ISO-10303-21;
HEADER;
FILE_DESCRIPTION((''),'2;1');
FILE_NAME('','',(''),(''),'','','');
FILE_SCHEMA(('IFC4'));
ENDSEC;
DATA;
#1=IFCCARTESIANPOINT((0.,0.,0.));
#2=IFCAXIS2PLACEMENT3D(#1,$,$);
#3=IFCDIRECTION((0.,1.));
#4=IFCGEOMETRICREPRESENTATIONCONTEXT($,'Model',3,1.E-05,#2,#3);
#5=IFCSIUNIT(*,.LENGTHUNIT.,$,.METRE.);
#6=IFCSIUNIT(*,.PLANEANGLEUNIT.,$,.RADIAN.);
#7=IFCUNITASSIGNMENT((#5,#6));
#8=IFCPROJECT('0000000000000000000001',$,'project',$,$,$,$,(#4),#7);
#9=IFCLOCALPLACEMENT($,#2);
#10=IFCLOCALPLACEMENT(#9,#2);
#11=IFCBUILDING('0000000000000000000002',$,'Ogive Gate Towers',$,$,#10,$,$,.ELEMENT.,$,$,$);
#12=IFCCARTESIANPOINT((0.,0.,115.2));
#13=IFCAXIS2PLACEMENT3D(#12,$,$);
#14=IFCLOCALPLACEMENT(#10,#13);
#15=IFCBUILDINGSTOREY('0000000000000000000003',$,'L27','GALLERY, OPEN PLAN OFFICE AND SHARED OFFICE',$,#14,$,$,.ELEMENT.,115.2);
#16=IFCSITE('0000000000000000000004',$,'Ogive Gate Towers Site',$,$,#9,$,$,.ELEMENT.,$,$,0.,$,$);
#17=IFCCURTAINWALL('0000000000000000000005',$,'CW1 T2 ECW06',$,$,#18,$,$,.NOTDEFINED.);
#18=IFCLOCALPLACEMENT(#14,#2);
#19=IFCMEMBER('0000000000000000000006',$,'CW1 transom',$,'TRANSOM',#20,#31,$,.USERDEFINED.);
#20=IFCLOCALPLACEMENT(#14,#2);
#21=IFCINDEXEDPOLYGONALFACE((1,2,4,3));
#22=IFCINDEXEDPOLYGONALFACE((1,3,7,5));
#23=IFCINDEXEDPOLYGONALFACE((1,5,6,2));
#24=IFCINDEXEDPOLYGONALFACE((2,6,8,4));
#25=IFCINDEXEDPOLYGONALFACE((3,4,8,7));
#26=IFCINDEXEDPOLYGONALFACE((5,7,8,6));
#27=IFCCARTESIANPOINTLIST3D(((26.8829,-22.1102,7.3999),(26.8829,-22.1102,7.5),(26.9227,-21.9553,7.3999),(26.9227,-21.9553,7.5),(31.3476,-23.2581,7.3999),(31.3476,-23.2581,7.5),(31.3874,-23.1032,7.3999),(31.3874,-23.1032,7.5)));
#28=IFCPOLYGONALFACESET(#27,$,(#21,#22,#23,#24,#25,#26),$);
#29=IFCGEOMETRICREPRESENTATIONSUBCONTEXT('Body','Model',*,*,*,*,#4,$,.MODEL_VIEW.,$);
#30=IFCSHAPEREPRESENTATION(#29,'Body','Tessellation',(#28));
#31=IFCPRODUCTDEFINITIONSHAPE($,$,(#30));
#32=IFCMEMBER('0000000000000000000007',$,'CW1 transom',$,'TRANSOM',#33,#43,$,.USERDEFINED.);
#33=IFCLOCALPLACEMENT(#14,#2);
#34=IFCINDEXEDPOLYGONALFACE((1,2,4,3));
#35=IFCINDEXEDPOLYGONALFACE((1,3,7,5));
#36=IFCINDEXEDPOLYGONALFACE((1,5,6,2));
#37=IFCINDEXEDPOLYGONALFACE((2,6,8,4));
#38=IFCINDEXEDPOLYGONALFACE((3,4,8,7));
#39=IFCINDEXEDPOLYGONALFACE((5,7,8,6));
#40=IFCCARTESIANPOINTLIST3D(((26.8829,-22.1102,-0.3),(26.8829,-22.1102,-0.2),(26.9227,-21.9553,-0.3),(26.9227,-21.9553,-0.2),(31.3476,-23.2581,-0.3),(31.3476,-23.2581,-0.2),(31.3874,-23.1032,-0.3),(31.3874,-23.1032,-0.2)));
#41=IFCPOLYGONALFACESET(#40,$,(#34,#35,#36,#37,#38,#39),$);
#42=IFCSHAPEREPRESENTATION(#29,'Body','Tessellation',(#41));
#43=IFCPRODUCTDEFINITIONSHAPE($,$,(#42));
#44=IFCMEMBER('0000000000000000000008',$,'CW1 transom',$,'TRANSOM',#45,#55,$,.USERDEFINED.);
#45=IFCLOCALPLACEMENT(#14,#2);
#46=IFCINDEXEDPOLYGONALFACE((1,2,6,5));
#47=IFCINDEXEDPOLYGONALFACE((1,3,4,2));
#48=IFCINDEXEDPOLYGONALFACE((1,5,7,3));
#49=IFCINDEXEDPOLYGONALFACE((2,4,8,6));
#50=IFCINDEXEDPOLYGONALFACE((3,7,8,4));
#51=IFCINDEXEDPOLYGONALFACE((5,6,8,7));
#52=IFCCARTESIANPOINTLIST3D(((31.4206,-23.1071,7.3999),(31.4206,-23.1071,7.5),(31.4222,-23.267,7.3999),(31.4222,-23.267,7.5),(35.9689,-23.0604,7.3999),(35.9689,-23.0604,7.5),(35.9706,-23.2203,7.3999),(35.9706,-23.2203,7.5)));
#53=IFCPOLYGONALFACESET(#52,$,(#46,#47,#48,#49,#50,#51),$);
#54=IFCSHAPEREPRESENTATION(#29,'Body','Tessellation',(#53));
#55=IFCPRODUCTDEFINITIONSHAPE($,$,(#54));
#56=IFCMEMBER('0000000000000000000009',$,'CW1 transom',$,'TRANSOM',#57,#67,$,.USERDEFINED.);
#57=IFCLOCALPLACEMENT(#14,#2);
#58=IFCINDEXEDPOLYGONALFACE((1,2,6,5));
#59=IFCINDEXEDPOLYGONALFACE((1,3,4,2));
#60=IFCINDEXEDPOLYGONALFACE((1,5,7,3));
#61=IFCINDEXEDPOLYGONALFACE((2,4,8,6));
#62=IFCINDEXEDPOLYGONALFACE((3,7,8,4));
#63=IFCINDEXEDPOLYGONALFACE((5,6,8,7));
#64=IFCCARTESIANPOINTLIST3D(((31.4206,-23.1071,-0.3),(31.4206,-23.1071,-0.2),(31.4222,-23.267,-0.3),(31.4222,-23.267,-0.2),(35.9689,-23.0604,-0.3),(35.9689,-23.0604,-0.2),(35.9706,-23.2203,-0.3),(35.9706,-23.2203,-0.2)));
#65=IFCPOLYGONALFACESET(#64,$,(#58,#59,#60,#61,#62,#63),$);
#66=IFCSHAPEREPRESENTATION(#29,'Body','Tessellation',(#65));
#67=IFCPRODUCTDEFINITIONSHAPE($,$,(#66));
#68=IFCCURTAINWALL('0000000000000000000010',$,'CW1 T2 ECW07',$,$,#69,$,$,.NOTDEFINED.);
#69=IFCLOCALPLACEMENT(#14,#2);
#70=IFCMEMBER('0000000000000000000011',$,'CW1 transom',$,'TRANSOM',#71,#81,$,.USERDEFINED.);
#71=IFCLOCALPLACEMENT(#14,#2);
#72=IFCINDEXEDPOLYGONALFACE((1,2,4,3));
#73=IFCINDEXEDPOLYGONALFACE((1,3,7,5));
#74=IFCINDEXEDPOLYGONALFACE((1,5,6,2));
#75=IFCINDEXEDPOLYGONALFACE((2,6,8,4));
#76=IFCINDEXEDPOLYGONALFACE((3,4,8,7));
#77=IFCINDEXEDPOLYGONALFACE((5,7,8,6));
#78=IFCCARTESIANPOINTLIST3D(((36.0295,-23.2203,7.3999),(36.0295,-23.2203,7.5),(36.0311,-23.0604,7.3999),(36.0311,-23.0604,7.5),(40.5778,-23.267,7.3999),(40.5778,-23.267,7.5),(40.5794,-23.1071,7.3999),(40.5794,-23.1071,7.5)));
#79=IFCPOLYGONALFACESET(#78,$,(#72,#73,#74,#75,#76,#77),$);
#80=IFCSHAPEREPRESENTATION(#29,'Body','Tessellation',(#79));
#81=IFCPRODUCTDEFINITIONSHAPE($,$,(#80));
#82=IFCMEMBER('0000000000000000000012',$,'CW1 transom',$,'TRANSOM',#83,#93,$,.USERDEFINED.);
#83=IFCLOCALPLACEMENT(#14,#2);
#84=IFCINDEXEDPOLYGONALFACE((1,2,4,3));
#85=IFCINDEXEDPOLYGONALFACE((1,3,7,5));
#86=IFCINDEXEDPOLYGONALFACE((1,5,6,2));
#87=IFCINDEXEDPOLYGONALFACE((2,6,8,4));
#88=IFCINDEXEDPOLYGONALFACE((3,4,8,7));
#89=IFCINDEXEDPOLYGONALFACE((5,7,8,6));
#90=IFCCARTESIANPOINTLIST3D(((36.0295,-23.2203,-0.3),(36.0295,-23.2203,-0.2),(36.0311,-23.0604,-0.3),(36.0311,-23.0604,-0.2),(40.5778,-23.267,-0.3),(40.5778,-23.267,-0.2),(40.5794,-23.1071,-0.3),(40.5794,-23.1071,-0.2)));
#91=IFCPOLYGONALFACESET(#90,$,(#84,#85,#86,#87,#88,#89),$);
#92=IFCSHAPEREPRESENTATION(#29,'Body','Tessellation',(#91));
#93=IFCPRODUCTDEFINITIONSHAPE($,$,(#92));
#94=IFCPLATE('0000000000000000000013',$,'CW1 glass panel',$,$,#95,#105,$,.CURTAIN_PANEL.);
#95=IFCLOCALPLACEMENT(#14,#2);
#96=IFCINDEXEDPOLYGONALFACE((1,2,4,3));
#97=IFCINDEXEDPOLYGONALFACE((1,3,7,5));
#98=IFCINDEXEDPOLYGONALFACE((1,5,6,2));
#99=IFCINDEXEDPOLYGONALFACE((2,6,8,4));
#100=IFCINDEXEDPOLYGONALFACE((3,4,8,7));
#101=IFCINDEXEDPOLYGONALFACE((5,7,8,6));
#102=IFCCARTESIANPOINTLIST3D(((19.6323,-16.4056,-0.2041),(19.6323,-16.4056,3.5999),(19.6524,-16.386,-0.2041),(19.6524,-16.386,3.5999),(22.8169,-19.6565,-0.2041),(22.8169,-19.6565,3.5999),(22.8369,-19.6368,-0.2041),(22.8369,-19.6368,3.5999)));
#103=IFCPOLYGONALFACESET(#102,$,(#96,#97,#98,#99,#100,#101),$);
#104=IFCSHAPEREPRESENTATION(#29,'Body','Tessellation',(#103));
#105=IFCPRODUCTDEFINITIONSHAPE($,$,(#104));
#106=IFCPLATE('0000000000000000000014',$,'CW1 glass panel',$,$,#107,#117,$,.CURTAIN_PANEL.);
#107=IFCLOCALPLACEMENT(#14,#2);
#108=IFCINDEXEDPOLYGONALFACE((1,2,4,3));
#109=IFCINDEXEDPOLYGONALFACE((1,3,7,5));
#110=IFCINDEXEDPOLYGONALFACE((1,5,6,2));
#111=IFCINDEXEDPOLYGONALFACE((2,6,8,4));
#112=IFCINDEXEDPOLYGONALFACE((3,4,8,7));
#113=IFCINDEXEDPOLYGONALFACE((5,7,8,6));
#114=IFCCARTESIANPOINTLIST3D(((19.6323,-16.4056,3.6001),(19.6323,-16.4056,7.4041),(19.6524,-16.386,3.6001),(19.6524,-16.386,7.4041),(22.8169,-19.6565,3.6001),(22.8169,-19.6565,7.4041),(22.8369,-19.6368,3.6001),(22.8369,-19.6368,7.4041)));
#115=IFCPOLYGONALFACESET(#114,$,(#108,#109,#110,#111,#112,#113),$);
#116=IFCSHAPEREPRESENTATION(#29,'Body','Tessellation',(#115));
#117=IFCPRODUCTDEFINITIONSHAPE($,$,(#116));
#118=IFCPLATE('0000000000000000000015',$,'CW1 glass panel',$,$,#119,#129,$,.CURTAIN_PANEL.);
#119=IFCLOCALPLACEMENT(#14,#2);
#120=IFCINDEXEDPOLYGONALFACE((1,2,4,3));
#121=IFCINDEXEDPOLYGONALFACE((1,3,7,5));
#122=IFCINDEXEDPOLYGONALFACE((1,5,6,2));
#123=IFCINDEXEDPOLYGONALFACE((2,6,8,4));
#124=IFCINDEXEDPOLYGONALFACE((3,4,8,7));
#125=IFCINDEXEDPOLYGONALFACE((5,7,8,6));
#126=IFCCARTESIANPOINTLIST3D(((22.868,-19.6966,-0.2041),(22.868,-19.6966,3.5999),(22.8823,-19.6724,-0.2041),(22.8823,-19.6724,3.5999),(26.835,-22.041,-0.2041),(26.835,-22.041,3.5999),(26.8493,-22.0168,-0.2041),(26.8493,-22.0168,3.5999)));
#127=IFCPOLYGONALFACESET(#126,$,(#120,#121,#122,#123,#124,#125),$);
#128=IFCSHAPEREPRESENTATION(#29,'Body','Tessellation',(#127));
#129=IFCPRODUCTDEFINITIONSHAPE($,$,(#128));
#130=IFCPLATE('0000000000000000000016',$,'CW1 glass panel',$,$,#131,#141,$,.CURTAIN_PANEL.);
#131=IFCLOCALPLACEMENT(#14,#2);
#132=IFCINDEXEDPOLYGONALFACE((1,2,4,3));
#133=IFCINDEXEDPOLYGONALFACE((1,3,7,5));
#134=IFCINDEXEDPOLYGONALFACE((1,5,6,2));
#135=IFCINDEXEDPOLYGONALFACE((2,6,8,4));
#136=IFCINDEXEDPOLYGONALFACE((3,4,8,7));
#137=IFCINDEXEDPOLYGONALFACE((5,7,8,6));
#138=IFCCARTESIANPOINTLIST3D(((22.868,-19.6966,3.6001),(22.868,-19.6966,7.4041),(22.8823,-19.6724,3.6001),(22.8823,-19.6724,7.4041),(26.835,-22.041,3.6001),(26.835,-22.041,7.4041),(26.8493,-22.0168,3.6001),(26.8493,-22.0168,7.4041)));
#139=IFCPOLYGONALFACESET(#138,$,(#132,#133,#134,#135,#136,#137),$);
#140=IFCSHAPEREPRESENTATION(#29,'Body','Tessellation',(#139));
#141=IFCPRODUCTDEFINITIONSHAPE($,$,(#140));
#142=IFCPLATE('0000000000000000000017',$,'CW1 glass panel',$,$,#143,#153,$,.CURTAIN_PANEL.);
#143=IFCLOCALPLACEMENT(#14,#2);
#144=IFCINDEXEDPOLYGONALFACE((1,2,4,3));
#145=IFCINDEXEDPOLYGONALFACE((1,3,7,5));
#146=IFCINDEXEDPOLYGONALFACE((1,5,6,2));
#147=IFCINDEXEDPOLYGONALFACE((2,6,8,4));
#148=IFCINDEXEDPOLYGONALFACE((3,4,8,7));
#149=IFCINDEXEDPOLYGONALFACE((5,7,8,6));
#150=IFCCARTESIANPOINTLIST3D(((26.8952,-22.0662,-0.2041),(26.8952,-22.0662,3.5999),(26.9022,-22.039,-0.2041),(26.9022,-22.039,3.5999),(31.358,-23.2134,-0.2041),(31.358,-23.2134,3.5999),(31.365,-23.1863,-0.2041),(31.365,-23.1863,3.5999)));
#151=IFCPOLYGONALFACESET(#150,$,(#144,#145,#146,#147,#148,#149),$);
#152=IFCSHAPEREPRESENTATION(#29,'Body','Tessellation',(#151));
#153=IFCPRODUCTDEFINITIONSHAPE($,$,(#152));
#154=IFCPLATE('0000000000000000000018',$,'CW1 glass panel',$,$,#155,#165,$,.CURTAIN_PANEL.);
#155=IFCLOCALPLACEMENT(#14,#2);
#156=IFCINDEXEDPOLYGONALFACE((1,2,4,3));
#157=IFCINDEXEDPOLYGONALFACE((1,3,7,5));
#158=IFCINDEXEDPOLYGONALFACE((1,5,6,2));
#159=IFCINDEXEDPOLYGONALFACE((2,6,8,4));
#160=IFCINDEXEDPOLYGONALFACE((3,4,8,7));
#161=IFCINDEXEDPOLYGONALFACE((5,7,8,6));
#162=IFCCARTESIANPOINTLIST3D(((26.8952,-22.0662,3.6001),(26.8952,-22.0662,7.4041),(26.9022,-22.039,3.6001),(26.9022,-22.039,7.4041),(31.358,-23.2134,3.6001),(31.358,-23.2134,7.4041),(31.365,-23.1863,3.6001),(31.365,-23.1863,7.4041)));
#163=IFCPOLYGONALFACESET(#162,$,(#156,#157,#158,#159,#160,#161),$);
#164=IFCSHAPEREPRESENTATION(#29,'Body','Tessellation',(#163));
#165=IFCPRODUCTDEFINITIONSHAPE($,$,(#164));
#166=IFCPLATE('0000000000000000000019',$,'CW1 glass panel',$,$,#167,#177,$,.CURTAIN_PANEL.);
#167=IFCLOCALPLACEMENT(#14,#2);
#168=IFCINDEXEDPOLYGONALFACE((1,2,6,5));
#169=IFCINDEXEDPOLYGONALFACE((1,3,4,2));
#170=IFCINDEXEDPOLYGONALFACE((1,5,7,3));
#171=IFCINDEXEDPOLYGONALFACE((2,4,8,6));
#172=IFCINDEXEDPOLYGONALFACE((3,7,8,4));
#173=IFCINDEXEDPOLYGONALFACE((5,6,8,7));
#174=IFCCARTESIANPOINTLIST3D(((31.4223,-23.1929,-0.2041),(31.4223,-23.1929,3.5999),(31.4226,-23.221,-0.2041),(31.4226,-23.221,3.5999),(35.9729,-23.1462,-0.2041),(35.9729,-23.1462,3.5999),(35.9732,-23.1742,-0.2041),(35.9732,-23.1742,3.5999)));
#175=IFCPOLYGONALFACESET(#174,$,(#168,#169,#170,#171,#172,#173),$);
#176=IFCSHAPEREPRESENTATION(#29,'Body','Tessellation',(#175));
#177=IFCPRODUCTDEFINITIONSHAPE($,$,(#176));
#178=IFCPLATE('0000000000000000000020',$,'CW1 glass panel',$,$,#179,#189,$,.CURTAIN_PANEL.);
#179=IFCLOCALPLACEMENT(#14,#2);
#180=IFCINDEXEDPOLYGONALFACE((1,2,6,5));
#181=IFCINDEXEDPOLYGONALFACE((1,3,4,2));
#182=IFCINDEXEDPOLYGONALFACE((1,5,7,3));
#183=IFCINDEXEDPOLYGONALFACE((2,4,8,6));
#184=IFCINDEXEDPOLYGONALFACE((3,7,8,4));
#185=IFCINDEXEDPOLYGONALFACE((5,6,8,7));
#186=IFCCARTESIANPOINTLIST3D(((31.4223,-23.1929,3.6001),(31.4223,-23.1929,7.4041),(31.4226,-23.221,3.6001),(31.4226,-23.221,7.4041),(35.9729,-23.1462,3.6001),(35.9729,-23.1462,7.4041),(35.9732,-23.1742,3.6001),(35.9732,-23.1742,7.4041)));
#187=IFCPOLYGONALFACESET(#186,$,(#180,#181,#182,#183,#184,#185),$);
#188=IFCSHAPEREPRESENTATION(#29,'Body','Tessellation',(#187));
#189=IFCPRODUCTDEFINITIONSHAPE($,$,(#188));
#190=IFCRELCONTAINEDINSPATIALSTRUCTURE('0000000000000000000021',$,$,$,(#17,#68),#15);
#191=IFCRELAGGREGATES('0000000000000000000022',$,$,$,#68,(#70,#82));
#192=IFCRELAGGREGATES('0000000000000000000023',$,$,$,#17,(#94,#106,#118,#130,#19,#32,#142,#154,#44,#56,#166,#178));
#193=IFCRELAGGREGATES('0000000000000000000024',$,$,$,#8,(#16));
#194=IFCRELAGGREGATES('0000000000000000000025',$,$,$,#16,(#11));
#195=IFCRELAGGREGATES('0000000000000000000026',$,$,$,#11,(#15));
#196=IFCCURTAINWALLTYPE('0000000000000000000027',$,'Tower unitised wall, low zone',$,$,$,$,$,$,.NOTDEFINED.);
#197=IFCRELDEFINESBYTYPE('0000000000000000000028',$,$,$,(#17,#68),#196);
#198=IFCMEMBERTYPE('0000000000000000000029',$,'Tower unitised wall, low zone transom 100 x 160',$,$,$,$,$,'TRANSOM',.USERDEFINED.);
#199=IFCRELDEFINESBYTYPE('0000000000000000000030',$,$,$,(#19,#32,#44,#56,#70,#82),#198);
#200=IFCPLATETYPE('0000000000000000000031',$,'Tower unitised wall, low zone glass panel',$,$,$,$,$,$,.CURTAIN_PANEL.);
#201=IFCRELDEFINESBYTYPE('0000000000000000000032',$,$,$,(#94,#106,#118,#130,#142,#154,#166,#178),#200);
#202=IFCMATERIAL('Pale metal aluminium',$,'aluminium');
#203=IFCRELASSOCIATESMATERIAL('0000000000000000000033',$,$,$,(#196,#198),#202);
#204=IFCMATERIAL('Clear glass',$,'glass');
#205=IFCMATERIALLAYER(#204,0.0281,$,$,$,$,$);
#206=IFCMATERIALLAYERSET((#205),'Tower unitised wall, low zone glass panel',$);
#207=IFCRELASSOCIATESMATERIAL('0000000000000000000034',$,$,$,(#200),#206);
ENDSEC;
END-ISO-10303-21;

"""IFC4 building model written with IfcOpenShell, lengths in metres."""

from ifc_helpers import new_model, si_unit, direction, frame, origin, origin_2d, place, context, subcontext, project, spatial, rectangle, extrude, material, layer, layer_set, material_profile, profile_set, type_object, element, aggregate, save


model = new_model("IFC4")

# Units and contexts
model_context = context("Model", 3, precision=1e-05, world=origin(), true_north=direction((0.0, 1.0)))
body_context = subcontext(model_context, "Body", "Model", "MODEL_VIEW")
ifc_project = project(units=[si_unit("LENGTHUNIT", "METRE"), si_unit("PLANEANGLEUNIT", "RADIAN")], contexts=[model_context])

# Site, building, storey
site_placement = place(None, origin())
site = spatial("IfcSite", under=ifc_project, at=site_placement, Name="Ogive Gate Towers Site", CompositionType="ELEMENT", RefElevation=0.0)
building_placement = place(site_placement, origin())
building = spatial("IfcBuilding", under=site, at=building_placement, Name="Ogive Gate Towers", CompositionType="ELEMENT")
storey_placement = place(building_placement, frame((0.0, 0.0, 115.2)))
storey = spatial("IfcBuildingStorey", under=building, at=storey_placement, Name="L27", Description="GALLERY, OPEN PLAN OFFICE AND SHARED OFFICE", CompositionType="ELEMENT", Elevation=115.2)

# Curtain walls, members
ifc_material_1 = material(Name="Pale metal aluminium", Category="aluminium")
curtain_wall_type = type_object("IfcCurtainWallType", Name="Tower unitised wall, low zone", PredefinedType="NOTDEFINED", material=ifc_material_1)
curtain_wall_1_placement = place(storey_placement, origin())
curtain_wall_1 = element("IfcCurtainWall", 1, at=curtain_wall_1_placement, inside=storey, type_object=curtain_wall_type, Name="CW1 T2 ECW06", PredefinedType="NOTDEFINED")
ifc_material_profile_1 = material_profile(ifc_material_1, rectangle(XDim=0.1599, YDim=0.1001, at=origin_2d()), Name="100 x 160 aluminium box")
ifc_profile_set_1 = profile_set([ifc_material_profile_1], Name="Pale metal aluminium")
member_type_1 = type_object("IfcMemberType", Name="Tower unitised wall, low zone transom 100 x 160", ElementType="TRANSOM", PredefinedType="USERDEFINED", material=ifc_profile_set_1)
member_1_placement = place(storey_placement, frame((26.9028, -22.0327, 7.45), z_axis=(0.968498, -0.249023, 0.0), x_axis=(0.249023, 0.968498, 0.0)))
member_1 = element("IfcMember", 2, at=member_1_placement, type_object=member_type_1, Name="CW1 transom", ObjectType="TRANSOM", PredefinedType="USERDEFINED", context=body_context, shape_type="SweptSolid", body=[
    extrude(rectangle(XDim=0.1599, YDim=0.1001, at=origin_2d()), origin(), (0.0, 0.0, 1.0), 4.6099),
])
member_2_placement = place(storey_placement, frame((26.9028, -22.0327, -0.25), z_axis=(0.968498, -0.249023, 0.0), x_axis=(0.249023, 0.968498, 0.0)))
member_2 = element("IfcMember", 3, at=member_2_placement, type_object=member_type_1, Name="CW1 transom", ObjectType="TRANSOM", PredefinedType="USERDEFINED", context=body_context, shape_type="SweptSolid", body=[
    extrude(rectangle(XDim=0.1599, YDim=0.1001, at=origin_2d()), origin(), (0.0, 0.0, 1.0), 4.6099),
])
member_3_placement = place(storey_placement, frame((31.4214, -23.187, 7.45), z_axis=(0.999947, 0.010252, 0.0), x_axis=(-0.010252, 0.999947, 0.0)))
member_3 = element("IfcMember", 4, at=member_3_placement, type_object=member_type_1, Name="CW1 transom", ObjectType="TRANSOM", PredefinedType="USERDEFINED", context=body_context, shape_type="SweptSolid", body=[
    extrude(rectangle(XDim=0.1599, YDim=0.1001, at=origin_2d()), origin(), (0.0, 0.0, 1.0), 4.5486),
])
member_4_placement = place(storey_placement, frame((31.4214, -23.187, -0.25), z_axis=(0.999947, 0.010252, 0.0), x_axis=(-0.010252, 0.999947, 0.0)))
member_4 = element("IfcMember", 5, at=member_4_placement, type_object=member_type_1, Name="CW1 transom", ObjectType="TRANSOM", PredefinedType="USERDEFINED", context=body_context, shape_type="SweptSolid", body=[
    extrude(rectangle(XDim=0.1599, YDim=0.1001, at=origin_2d()), origin(), (0.0, 0.0, 1.0), 4.5486),
])
curtain_wall_2_placement = place(storey_placement, origin())
curtain_wall_2 = element("IfcCurtainWall", 6, at=curtain_wall_2_placement, inside=storey, type_object=curtain_wall_type, Name="CW1 T2 ECW07", PredefinedType="NOTDEFINED")
member_5_placement = place(storey_placement, frame((36.0303, -23.1404, 7.45), z_axis=(0.999947, -0.010252, 0.0), x_axis=(0.010252, 0.999947, 0.0)))
member_5 = element("IfcMember", 7, at=member_5_placement, type_object=member_type_1, Name="CW1 transom", ObjectType="TRANSOM", PredefinedType="USERDEFINED", context=body_context, shape_type="SweptSolid", body=[
    extrude(rectangle(XDim=0.1599, YDim=0.1001, at=origin_2d()), origin(), (0.0, 0.0, 1.0), 4.5486),
])
member_6_placement = place(storey_placement, frame((36.0303, -23.1404, -0.25), z_axis=(0.999947, -0.010252, 0.0), x_axis=(0.010252, 0.999947, 0.0)))
member_6 = element("IfcMember", 8, at=member_6_placement, type_object=member_type_1, Name="CW1 transom", ObjectType="TRANSOM", PredefinedType="USERDEFINED", context=body_context, shape_type="SweptSolid", body=[
    extrude(rectangle(XDim=0.1599, YDim=0.1001, at=origin_2d()), origin(), (0.0, 0.0, 1.0), 4.5486),
])
aggregate(curtain_wall_2, [member_5, member_6])

# Plates
ifc_material_2 = material(Name="Clear glass", Category="glass")
ifc_layer_1 = layer(ifc_material_2, 0.0281)
ifc_layer_set_1 = layer_set([ifc_layer_1], Name="Tower unitised wall, low zone glass panel")
plate_type = type_object("IfcPlateType", Name="Tower unitised wall, low zone glass panel", PredefinedType="CURTAIN_PANEL", material=ifc_layer_set_1)
plate_1_placement = place(storey_placement, frame((21.2346, -18.0212, -0.2041), z_axis=(0.0, 0.0, 1.0), x_axis=(0.699788, -0.714351, 0.0)))
plate_1 = element("IfcPlate", 9, at=plate_1_placement, type_object=plate_type, Name="CW1 glass panel", PredefinedType="CURTAIN_PANEL", context=body_context, shape_type="SweptSolid", body=[
    extrude(rectangle(XDim=4.5508, YDim=0.0281, at=origin_2d()), origin(), (0.0, 0.0, 1.0), 3.804),
])
plate_2_placement = place(storey_placement, frame((21.2346, -18.0212, 3.6001), z_axis=(0.0, 0.0, 1.0), x_axis=(0.699788, -0.714351, 0.0)))
plate_2 = element("IfcPlate", 10, at=plate_2_placement, type_object=plate_type, Name="CW1 glass panel", PredefinedType="CURTAIN_PANEL", context=body_context, shape_type="SweptSolid", body=[
    extrude(rectangle(XDim=4.5508, YDim=0.0281, at=origin_2d()), origin(), (0.0, 0.0, 1.0), 3.804),
])
plate_3_placement = place(storey_placement, frame((24.8586, -20.8567, -0.2041), z_axis=(0.0, 0.0, 1.0), x_axis=(0.860902, -0.508771, 0.0)))
plate_3 = element("IfcPlate", 11, at=plate_3_placement, type_object=plate_type, Name="CW1 glass panel", PredefinedType="CURTAIN_PANEL", context=body_context, shape_type="SweptSolid", body=[
    extrude(rectangle(XDim=4.6079, YDim=0.0281, at=origin_2d()), origin(), (0.0, 0.0, 1.0), 3.804),
])
plate_4_placement = place(storey_placement, frame((24.8586, -20.8567, 3.6001), z_axis=(0.0, 0.0, 1.0), x_axis=(0.860902, -0.508771, 0.0)))
plate_4 = element("IfcPlate", 12, at=plate_4_placement, type_object=plate_type, Name="CW1 glass panel", PredefinedType="CURTAIN_PANEL", context=body_context, shape_type="SweptSolid", body=[
    extrude(rectangle(XDim=4.6079, YDim=0.0281, at=origin_2d()), origin(), (0.0, 0.0, 1.0), 3.804),
])
plate_5_placement = place(storey_placement, frame((29.1301, -22.6262, -0.2041), z_axis=(0.0, 0.0, 1.0), x_axis=(0.968509, -0.248977, 0.0)))
plate_5 = element("IfcPlate", 13, at=plate_5_placement, type_object=plate_type, Name="CW1 glass panel", PredefinedType="CURTAIN_PANEL", context=body_context, shape_type="SweptSolid", body=[
    extrude(rectangle(XDim=4.6079, YDim=0.0281, at=origin_2d()), origin(), (0.0, 0.0, 1.0), 3.804),
])
plate_6_placement = place(storey_placement, frame((29.1301, -22.6262, 3.6001), z_axis=(0.0, 0.0, 1.0), x_axis=(0.968509, -0.248977, 0.0)))
plate_6 = element("IfcPlate", 14, at=plate_6_placement, type_object=plate_type, Name="CW1 glass panel", PredefinedType="CURTAIN_PANEL", context=body_context, shape_type="SweptSolid", body=[
    extrude(rectangle(XDim=4.6079, YDim=0.0281, at=origin_2d()), origin(), (0.0, 0.0, 1.0), 3.804),
])
plate_7_placement = place(storey_placement, frame((33.6978, -23.1836, -0.2041), z_axis=(0.0, 0.0, 1.0), x_axis=(0.999947, 0.01028, 0.0)))
plate_7 = element("IfcPlate", 15, at=plate_7_placement, type_object=plate_type, Name="CW1 glass panel", PredefinedType="CURTAIN_PANEL", context=body_context, shape_type="SweptSolid", body=[
    extrude(rectangle(XDim=4.5508, YDim=0.0281, at=origin_2d()), origin(), (0.0, 0.0, 1.0), 3.804),
])
plate_8_placement = place(storey_placement, frame((33.6978, -23.1836, 3.6001), z_axis=(0.0, 0.0, 1.0), x_axis=(0.999947, 0.01028, 0.0)))
plate_8 = element("IfcPlate", 16, at=plate_8_placement, type_object=plate_type, Name="CW1 glass panel", PredefinedType="CURTAIN_PANEL", context=body_context, shape_type="SweptSolid", body=[
    extrude(rectangle(XDim=4.5508, YDim=0.0281, at=origin_2d()), origin(), (0.0, 0.0, 1.0), 3.804),
])
aggregate(curtain_wall_1, [plate_1, plate_2, plate_3, plate_4, member_1, member_2, plate_5, plate_6, member_3, member_4, plate_7, plate_8])

save(model, "model.ifc")
